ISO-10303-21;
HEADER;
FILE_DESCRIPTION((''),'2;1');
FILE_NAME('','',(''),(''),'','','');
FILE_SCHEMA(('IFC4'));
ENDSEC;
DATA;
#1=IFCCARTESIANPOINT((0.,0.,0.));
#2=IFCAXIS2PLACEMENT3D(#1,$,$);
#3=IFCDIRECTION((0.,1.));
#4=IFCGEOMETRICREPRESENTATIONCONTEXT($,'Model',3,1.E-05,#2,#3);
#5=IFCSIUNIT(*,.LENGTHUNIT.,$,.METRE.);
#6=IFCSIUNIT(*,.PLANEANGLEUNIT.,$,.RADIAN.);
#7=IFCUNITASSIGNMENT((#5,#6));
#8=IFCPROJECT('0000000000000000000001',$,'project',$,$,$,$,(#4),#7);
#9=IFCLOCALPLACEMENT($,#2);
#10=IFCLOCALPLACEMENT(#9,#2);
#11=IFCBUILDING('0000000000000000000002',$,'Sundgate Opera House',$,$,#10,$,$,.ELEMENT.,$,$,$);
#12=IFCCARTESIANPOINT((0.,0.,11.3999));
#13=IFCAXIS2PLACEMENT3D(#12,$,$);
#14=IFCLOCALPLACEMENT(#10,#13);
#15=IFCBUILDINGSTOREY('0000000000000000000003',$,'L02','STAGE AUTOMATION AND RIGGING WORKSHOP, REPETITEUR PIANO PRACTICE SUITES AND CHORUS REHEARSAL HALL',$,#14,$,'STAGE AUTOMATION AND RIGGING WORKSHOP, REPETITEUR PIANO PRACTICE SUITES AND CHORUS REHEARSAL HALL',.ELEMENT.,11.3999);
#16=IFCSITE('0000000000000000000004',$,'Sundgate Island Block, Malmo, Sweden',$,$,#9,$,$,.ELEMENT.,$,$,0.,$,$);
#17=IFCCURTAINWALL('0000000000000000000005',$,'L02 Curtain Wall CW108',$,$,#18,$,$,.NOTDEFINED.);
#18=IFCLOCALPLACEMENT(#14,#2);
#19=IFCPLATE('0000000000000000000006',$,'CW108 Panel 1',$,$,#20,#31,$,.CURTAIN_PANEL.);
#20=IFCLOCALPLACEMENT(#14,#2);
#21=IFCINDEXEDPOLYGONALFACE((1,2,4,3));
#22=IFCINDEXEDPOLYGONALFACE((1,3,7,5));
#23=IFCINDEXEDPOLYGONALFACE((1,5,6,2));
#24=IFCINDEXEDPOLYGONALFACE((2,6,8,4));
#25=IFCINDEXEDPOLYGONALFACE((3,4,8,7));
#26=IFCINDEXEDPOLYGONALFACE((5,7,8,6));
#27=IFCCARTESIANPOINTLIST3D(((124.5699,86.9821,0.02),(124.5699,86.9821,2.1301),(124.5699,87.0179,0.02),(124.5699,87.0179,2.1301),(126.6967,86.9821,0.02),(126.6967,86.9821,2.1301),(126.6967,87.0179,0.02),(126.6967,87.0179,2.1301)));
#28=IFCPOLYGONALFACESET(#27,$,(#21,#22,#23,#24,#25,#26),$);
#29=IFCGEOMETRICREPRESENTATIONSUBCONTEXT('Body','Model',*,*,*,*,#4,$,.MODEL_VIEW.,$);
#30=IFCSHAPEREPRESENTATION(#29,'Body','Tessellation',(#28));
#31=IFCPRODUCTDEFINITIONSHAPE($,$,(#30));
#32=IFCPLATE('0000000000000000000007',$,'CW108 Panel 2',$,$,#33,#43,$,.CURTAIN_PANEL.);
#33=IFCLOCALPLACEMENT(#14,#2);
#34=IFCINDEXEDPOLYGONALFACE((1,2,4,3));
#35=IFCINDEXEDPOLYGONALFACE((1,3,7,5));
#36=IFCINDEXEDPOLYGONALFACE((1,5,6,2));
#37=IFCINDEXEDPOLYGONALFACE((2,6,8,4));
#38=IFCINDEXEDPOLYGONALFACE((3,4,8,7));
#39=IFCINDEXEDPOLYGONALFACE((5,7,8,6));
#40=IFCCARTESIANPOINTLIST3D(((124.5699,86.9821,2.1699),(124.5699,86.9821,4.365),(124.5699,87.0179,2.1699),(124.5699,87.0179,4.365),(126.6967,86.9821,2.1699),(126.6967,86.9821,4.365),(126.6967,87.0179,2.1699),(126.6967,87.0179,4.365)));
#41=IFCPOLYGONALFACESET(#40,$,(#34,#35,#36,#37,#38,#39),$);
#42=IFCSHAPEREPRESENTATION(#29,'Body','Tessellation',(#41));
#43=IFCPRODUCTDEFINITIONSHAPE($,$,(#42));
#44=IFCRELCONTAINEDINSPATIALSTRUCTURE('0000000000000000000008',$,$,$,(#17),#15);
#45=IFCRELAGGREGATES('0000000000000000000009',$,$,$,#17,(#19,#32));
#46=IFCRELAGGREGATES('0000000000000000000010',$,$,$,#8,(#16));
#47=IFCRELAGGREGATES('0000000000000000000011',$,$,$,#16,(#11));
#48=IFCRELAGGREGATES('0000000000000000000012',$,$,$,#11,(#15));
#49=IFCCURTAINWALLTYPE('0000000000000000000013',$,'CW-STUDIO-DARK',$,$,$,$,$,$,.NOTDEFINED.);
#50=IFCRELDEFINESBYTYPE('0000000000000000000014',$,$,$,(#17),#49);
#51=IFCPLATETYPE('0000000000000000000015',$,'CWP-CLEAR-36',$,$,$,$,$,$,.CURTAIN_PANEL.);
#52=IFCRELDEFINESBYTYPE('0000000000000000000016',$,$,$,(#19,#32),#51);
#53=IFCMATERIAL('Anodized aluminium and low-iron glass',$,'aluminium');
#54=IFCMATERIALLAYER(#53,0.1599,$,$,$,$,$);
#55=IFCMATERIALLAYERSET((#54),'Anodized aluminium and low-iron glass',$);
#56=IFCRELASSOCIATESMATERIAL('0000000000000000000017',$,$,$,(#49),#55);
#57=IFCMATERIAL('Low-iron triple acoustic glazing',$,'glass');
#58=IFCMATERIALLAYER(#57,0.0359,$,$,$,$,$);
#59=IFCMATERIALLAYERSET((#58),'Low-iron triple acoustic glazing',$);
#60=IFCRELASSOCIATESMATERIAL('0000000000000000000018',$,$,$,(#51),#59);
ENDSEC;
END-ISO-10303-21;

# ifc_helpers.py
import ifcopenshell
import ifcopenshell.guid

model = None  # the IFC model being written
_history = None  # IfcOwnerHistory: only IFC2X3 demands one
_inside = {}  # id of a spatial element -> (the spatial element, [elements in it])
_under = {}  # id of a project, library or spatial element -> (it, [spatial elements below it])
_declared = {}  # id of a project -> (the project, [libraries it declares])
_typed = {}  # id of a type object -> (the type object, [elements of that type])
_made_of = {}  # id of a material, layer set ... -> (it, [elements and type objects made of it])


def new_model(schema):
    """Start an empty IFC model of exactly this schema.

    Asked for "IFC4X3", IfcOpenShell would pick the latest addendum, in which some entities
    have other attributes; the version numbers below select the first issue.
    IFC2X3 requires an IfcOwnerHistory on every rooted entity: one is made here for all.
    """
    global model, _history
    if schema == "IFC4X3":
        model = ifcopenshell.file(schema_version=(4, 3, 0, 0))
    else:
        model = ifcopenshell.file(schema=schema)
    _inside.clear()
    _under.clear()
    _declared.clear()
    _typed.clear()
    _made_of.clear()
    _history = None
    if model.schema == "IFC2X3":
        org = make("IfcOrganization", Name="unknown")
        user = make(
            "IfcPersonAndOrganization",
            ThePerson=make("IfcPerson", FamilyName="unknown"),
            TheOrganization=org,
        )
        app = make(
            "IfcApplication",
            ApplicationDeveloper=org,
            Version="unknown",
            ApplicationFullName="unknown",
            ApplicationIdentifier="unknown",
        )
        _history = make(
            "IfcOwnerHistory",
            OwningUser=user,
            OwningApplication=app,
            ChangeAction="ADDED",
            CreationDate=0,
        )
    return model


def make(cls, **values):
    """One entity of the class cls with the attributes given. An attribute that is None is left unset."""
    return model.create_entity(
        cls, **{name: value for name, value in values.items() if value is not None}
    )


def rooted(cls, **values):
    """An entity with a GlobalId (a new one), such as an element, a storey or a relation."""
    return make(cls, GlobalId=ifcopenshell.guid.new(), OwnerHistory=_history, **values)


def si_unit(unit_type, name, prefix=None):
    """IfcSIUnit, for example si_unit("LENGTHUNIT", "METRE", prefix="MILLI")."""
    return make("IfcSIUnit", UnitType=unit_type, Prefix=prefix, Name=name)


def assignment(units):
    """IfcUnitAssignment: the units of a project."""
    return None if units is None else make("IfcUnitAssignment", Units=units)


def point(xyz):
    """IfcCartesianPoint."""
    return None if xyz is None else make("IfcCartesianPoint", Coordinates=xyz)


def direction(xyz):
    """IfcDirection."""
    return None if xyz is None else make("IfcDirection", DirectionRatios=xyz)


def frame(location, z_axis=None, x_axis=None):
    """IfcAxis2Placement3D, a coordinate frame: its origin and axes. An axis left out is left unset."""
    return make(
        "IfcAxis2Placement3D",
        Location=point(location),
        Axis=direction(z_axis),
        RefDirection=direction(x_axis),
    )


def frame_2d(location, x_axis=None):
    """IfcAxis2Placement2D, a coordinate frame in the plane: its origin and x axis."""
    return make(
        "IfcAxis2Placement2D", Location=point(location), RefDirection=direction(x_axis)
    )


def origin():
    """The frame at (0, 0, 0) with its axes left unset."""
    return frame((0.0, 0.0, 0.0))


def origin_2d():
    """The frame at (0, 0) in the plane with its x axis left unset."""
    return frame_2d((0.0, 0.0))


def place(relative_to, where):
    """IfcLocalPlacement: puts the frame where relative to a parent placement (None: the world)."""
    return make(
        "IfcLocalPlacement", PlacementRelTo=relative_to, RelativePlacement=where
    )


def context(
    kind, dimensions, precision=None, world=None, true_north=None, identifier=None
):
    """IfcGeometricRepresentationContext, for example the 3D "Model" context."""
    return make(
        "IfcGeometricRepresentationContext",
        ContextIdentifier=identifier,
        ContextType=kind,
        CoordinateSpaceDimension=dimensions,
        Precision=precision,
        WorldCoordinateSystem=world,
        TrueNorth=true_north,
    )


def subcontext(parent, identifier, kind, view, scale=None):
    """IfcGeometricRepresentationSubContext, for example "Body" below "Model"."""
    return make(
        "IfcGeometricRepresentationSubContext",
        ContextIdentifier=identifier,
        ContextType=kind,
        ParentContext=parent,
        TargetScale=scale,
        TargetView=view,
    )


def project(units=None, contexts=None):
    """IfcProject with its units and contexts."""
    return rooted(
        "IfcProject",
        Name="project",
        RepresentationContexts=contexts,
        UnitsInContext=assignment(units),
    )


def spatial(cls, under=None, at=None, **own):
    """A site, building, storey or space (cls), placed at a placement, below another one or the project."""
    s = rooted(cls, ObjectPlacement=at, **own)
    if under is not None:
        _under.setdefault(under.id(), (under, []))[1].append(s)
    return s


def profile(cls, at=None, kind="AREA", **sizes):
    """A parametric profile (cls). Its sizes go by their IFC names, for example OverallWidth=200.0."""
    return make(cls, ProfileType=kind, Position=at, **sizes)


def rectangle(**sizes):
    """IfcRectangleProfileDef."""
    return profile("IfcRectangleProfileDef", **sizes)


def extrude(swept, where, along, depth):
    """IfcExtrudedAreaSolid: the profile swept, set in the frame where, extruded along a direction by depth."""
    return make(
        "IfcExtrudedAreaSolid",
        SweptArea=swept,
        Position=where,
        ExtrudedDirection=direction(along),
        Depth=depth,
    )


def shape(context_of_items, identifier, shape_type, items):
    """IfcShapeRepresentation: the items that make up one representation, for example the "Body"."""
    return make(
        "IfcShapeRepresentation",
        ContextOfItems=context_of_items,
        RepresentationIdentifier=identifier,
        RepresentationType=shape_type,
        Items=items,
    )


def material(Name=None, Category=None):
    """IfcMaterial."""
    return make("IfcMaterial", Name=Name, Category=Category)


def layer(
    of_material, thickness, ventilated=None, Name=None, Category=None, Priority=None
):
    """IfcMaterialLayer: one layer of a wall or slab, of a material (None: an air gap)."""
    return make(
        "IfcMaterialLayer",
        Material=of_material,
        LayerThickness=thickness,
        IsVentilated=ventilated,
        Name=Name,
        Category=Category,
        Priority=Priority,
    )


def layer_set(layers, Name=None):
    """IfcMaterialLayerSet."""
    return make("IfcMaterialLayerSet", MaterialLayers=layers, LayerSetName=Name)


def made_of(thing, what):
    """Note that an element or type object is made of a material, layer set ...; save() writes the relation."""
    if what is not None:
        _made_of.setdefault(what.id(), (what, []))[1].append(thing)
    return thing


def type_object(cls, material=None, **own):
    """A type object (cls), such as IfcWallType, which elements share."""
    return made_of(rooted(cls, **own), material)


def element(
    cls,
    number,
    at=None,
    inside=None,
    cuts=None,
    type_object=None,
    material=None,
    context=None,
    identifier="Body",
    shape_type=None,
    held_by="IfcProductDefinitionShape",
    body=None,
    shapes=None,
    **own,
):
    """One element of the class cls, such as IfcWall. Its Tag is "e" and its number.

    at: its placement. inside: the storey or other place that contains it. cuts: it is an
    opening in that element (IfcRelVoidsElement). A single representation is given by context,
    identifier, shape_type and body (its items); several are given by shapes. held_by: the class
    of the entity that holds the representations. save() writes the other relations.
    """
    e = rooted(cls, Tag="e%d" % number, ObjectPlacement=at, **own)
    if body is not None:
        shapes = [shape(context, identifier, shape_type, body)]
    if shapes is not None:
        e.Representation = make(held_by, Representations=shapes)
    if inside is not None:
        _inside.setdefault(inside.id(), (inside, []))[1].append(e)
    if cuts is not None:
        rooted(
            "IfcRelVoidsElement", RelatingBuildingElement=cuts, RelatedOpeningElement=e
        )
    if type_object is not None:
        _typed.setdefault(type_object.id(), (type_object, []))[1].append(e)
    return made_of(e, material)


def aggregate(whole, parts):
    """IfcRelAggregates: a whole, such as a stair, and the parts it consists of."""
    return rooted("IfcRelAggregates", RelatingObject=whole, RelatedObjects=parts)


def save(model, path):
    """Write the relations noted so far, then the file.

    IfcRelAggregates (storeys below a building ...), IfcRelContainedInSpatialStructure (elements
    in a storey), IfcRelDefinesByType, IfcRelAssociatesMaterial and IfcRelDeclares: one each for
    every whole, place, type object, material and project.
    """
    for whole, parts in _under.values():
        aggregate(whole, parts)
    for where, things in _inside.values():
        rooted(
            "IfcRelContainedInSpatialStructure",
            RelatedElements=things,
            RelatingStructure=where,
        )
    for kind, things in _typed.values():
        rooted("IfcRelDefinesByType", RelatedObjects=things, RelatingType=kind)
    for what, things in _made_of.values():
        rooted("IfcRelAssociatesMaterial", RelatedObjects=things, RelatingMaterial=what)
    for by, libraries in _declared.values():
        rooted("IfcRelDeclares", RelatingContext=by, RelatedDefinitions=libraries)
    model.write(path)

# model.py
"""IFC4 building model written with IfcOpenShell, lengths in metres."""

from ifc_helpers import new_model, si_unit, direction, frame, origin, origin_2d, place, context, subcontext, project, spatial, rectangle, extrude, material, layer, layer_set, type_object, element, aggregate, save


model = new_model("IFC4")

# Units and contexts
model_context = context("Model", 3, precision=1e-05, world=origin(), true_north=direction((0.0, 1.0)))
body_context = subcontext(model_context, "Body", "Model", "MODEL_VIEW")
ifc_project = project(units=[si_unit("LENGTHUNIT", "METRE"), si_unit("PLANEANGLEUNIT", "RADIAN")], contexts=[model_context])

# Site, building, storey
site_placement = place(None, origin())
site = spatial("IfcSite", under=ifc_project, at=site_placement, Name="Sundgate Island Block, Malmo, Sweden", CompositionType="ELEMENT", RefElevation=0.0)
building_placement = place(site_placement, origin())
building = spatial("IfcBuilding", under=site, at=building_placement, Name="Sundgate Opera House", CompositionType="ELEMENT")
storey_placement = place(building_placement, frame((0.0, 0.0, 11.3999)))
storey = spatial("IfcBuildingStorey", under=building, at=storey_placement, Name="L02", Description="STAGE AUTOMATION AND RIGGING WORKSHOP, REPETITEUR PIANO PRACTICE SUITES AND CHORUS REHEARSAL HALL", LongName="STAGE AUTOMATION AND RIGGING WORKSHOP, REPETITEUR PIANO PRACTICE SUITES AND CHORUS REHEARSAL HALL", CompositionType="ELEMENT", Elevation=11.3999)

# Curtain wall, plates
ifc_material_1 = material(Name="Anodized aluminium and low-iron glass", Category="aluminium")
ifc_layer_1 = layer(ifc_material_1, 0.1599)
ifc_layer_set_1 = layer_set([ifc_layer_1], Name="Anodized aluminium and low-iron glass")
curtain_wall_type = type_object("IfcCurtainWallType", Name="CW-STUDIO-DARK", PredefinedType="NOTDEFINED", material=ifc_layer_set_1)
curtain_wall_placement = place(storey_placement, origin())
curtain_wall = element("IfcCurtainWall", 1, at=curtain_wall_placement, inside=storey, type_object=curtain_wall_type, Name="L02 Curtain Wall CW108", PredefinedType="NOTDEFINED")
ifc_material_2 = material(Name="Low-iron triple acoustic glazing", Category="glass")
ifc_layer_2 = layer(ifc_material_2, 0.0359)
ifc_layer_set_2 = layer_set([ifc_layer_2], Name="Low-iron triple acoustic glazing")
plate_type = type_object("IfcPlateType", Name="CWP-CLEAR-36", PredefinedType="CURTAIN_PANEL", material=ifc_layer_set_2)
plate_1_placement = place(storey_placement, frame((125.6333, 87.0, 0.02), z_axis=(0.0, 0.0, 1.0), x_axis=(1.0, 0.0, 0.0)))
plate_1 = element("IfcPlate", 2, at=plate_1_placement, type_object=plate_type, Name="CW108 Panel 1", PredefinedType="CURTAIN_PANEL", context=body_context, shape_type="SweptSolid", body=[
    extrude(rectangle(XDim=2.1267, YDim=0.0359, at=origin_2d()), origin(), (0.0, 0.0, 1.0), 2.1101),
])
plate_2_placement = place(storey_placement, frame((125.6333, 87.0, 2.1699), z_axis=(0.0, 0.0, 1.0), x_axis=(1.0, 0.0, 0.0)))
plate_2 = element("IfcPlate", 3, at=plate_2_placement, type_object=plate_type, Name="CW108 Panel 2", PredefinedType="CURTAIN_PANEL", context=body_context, shape_type="SweptSolid", body=[
    extrude(rectangle(XDim=2.1267, YDim=0.0359, at=origin_2d()), origin(), (0.0, 0.0, 1.0), 2.1951),
])
aggregate(curtain_wall, [plate_1, plate_2])

save(model, "model.ifc")
